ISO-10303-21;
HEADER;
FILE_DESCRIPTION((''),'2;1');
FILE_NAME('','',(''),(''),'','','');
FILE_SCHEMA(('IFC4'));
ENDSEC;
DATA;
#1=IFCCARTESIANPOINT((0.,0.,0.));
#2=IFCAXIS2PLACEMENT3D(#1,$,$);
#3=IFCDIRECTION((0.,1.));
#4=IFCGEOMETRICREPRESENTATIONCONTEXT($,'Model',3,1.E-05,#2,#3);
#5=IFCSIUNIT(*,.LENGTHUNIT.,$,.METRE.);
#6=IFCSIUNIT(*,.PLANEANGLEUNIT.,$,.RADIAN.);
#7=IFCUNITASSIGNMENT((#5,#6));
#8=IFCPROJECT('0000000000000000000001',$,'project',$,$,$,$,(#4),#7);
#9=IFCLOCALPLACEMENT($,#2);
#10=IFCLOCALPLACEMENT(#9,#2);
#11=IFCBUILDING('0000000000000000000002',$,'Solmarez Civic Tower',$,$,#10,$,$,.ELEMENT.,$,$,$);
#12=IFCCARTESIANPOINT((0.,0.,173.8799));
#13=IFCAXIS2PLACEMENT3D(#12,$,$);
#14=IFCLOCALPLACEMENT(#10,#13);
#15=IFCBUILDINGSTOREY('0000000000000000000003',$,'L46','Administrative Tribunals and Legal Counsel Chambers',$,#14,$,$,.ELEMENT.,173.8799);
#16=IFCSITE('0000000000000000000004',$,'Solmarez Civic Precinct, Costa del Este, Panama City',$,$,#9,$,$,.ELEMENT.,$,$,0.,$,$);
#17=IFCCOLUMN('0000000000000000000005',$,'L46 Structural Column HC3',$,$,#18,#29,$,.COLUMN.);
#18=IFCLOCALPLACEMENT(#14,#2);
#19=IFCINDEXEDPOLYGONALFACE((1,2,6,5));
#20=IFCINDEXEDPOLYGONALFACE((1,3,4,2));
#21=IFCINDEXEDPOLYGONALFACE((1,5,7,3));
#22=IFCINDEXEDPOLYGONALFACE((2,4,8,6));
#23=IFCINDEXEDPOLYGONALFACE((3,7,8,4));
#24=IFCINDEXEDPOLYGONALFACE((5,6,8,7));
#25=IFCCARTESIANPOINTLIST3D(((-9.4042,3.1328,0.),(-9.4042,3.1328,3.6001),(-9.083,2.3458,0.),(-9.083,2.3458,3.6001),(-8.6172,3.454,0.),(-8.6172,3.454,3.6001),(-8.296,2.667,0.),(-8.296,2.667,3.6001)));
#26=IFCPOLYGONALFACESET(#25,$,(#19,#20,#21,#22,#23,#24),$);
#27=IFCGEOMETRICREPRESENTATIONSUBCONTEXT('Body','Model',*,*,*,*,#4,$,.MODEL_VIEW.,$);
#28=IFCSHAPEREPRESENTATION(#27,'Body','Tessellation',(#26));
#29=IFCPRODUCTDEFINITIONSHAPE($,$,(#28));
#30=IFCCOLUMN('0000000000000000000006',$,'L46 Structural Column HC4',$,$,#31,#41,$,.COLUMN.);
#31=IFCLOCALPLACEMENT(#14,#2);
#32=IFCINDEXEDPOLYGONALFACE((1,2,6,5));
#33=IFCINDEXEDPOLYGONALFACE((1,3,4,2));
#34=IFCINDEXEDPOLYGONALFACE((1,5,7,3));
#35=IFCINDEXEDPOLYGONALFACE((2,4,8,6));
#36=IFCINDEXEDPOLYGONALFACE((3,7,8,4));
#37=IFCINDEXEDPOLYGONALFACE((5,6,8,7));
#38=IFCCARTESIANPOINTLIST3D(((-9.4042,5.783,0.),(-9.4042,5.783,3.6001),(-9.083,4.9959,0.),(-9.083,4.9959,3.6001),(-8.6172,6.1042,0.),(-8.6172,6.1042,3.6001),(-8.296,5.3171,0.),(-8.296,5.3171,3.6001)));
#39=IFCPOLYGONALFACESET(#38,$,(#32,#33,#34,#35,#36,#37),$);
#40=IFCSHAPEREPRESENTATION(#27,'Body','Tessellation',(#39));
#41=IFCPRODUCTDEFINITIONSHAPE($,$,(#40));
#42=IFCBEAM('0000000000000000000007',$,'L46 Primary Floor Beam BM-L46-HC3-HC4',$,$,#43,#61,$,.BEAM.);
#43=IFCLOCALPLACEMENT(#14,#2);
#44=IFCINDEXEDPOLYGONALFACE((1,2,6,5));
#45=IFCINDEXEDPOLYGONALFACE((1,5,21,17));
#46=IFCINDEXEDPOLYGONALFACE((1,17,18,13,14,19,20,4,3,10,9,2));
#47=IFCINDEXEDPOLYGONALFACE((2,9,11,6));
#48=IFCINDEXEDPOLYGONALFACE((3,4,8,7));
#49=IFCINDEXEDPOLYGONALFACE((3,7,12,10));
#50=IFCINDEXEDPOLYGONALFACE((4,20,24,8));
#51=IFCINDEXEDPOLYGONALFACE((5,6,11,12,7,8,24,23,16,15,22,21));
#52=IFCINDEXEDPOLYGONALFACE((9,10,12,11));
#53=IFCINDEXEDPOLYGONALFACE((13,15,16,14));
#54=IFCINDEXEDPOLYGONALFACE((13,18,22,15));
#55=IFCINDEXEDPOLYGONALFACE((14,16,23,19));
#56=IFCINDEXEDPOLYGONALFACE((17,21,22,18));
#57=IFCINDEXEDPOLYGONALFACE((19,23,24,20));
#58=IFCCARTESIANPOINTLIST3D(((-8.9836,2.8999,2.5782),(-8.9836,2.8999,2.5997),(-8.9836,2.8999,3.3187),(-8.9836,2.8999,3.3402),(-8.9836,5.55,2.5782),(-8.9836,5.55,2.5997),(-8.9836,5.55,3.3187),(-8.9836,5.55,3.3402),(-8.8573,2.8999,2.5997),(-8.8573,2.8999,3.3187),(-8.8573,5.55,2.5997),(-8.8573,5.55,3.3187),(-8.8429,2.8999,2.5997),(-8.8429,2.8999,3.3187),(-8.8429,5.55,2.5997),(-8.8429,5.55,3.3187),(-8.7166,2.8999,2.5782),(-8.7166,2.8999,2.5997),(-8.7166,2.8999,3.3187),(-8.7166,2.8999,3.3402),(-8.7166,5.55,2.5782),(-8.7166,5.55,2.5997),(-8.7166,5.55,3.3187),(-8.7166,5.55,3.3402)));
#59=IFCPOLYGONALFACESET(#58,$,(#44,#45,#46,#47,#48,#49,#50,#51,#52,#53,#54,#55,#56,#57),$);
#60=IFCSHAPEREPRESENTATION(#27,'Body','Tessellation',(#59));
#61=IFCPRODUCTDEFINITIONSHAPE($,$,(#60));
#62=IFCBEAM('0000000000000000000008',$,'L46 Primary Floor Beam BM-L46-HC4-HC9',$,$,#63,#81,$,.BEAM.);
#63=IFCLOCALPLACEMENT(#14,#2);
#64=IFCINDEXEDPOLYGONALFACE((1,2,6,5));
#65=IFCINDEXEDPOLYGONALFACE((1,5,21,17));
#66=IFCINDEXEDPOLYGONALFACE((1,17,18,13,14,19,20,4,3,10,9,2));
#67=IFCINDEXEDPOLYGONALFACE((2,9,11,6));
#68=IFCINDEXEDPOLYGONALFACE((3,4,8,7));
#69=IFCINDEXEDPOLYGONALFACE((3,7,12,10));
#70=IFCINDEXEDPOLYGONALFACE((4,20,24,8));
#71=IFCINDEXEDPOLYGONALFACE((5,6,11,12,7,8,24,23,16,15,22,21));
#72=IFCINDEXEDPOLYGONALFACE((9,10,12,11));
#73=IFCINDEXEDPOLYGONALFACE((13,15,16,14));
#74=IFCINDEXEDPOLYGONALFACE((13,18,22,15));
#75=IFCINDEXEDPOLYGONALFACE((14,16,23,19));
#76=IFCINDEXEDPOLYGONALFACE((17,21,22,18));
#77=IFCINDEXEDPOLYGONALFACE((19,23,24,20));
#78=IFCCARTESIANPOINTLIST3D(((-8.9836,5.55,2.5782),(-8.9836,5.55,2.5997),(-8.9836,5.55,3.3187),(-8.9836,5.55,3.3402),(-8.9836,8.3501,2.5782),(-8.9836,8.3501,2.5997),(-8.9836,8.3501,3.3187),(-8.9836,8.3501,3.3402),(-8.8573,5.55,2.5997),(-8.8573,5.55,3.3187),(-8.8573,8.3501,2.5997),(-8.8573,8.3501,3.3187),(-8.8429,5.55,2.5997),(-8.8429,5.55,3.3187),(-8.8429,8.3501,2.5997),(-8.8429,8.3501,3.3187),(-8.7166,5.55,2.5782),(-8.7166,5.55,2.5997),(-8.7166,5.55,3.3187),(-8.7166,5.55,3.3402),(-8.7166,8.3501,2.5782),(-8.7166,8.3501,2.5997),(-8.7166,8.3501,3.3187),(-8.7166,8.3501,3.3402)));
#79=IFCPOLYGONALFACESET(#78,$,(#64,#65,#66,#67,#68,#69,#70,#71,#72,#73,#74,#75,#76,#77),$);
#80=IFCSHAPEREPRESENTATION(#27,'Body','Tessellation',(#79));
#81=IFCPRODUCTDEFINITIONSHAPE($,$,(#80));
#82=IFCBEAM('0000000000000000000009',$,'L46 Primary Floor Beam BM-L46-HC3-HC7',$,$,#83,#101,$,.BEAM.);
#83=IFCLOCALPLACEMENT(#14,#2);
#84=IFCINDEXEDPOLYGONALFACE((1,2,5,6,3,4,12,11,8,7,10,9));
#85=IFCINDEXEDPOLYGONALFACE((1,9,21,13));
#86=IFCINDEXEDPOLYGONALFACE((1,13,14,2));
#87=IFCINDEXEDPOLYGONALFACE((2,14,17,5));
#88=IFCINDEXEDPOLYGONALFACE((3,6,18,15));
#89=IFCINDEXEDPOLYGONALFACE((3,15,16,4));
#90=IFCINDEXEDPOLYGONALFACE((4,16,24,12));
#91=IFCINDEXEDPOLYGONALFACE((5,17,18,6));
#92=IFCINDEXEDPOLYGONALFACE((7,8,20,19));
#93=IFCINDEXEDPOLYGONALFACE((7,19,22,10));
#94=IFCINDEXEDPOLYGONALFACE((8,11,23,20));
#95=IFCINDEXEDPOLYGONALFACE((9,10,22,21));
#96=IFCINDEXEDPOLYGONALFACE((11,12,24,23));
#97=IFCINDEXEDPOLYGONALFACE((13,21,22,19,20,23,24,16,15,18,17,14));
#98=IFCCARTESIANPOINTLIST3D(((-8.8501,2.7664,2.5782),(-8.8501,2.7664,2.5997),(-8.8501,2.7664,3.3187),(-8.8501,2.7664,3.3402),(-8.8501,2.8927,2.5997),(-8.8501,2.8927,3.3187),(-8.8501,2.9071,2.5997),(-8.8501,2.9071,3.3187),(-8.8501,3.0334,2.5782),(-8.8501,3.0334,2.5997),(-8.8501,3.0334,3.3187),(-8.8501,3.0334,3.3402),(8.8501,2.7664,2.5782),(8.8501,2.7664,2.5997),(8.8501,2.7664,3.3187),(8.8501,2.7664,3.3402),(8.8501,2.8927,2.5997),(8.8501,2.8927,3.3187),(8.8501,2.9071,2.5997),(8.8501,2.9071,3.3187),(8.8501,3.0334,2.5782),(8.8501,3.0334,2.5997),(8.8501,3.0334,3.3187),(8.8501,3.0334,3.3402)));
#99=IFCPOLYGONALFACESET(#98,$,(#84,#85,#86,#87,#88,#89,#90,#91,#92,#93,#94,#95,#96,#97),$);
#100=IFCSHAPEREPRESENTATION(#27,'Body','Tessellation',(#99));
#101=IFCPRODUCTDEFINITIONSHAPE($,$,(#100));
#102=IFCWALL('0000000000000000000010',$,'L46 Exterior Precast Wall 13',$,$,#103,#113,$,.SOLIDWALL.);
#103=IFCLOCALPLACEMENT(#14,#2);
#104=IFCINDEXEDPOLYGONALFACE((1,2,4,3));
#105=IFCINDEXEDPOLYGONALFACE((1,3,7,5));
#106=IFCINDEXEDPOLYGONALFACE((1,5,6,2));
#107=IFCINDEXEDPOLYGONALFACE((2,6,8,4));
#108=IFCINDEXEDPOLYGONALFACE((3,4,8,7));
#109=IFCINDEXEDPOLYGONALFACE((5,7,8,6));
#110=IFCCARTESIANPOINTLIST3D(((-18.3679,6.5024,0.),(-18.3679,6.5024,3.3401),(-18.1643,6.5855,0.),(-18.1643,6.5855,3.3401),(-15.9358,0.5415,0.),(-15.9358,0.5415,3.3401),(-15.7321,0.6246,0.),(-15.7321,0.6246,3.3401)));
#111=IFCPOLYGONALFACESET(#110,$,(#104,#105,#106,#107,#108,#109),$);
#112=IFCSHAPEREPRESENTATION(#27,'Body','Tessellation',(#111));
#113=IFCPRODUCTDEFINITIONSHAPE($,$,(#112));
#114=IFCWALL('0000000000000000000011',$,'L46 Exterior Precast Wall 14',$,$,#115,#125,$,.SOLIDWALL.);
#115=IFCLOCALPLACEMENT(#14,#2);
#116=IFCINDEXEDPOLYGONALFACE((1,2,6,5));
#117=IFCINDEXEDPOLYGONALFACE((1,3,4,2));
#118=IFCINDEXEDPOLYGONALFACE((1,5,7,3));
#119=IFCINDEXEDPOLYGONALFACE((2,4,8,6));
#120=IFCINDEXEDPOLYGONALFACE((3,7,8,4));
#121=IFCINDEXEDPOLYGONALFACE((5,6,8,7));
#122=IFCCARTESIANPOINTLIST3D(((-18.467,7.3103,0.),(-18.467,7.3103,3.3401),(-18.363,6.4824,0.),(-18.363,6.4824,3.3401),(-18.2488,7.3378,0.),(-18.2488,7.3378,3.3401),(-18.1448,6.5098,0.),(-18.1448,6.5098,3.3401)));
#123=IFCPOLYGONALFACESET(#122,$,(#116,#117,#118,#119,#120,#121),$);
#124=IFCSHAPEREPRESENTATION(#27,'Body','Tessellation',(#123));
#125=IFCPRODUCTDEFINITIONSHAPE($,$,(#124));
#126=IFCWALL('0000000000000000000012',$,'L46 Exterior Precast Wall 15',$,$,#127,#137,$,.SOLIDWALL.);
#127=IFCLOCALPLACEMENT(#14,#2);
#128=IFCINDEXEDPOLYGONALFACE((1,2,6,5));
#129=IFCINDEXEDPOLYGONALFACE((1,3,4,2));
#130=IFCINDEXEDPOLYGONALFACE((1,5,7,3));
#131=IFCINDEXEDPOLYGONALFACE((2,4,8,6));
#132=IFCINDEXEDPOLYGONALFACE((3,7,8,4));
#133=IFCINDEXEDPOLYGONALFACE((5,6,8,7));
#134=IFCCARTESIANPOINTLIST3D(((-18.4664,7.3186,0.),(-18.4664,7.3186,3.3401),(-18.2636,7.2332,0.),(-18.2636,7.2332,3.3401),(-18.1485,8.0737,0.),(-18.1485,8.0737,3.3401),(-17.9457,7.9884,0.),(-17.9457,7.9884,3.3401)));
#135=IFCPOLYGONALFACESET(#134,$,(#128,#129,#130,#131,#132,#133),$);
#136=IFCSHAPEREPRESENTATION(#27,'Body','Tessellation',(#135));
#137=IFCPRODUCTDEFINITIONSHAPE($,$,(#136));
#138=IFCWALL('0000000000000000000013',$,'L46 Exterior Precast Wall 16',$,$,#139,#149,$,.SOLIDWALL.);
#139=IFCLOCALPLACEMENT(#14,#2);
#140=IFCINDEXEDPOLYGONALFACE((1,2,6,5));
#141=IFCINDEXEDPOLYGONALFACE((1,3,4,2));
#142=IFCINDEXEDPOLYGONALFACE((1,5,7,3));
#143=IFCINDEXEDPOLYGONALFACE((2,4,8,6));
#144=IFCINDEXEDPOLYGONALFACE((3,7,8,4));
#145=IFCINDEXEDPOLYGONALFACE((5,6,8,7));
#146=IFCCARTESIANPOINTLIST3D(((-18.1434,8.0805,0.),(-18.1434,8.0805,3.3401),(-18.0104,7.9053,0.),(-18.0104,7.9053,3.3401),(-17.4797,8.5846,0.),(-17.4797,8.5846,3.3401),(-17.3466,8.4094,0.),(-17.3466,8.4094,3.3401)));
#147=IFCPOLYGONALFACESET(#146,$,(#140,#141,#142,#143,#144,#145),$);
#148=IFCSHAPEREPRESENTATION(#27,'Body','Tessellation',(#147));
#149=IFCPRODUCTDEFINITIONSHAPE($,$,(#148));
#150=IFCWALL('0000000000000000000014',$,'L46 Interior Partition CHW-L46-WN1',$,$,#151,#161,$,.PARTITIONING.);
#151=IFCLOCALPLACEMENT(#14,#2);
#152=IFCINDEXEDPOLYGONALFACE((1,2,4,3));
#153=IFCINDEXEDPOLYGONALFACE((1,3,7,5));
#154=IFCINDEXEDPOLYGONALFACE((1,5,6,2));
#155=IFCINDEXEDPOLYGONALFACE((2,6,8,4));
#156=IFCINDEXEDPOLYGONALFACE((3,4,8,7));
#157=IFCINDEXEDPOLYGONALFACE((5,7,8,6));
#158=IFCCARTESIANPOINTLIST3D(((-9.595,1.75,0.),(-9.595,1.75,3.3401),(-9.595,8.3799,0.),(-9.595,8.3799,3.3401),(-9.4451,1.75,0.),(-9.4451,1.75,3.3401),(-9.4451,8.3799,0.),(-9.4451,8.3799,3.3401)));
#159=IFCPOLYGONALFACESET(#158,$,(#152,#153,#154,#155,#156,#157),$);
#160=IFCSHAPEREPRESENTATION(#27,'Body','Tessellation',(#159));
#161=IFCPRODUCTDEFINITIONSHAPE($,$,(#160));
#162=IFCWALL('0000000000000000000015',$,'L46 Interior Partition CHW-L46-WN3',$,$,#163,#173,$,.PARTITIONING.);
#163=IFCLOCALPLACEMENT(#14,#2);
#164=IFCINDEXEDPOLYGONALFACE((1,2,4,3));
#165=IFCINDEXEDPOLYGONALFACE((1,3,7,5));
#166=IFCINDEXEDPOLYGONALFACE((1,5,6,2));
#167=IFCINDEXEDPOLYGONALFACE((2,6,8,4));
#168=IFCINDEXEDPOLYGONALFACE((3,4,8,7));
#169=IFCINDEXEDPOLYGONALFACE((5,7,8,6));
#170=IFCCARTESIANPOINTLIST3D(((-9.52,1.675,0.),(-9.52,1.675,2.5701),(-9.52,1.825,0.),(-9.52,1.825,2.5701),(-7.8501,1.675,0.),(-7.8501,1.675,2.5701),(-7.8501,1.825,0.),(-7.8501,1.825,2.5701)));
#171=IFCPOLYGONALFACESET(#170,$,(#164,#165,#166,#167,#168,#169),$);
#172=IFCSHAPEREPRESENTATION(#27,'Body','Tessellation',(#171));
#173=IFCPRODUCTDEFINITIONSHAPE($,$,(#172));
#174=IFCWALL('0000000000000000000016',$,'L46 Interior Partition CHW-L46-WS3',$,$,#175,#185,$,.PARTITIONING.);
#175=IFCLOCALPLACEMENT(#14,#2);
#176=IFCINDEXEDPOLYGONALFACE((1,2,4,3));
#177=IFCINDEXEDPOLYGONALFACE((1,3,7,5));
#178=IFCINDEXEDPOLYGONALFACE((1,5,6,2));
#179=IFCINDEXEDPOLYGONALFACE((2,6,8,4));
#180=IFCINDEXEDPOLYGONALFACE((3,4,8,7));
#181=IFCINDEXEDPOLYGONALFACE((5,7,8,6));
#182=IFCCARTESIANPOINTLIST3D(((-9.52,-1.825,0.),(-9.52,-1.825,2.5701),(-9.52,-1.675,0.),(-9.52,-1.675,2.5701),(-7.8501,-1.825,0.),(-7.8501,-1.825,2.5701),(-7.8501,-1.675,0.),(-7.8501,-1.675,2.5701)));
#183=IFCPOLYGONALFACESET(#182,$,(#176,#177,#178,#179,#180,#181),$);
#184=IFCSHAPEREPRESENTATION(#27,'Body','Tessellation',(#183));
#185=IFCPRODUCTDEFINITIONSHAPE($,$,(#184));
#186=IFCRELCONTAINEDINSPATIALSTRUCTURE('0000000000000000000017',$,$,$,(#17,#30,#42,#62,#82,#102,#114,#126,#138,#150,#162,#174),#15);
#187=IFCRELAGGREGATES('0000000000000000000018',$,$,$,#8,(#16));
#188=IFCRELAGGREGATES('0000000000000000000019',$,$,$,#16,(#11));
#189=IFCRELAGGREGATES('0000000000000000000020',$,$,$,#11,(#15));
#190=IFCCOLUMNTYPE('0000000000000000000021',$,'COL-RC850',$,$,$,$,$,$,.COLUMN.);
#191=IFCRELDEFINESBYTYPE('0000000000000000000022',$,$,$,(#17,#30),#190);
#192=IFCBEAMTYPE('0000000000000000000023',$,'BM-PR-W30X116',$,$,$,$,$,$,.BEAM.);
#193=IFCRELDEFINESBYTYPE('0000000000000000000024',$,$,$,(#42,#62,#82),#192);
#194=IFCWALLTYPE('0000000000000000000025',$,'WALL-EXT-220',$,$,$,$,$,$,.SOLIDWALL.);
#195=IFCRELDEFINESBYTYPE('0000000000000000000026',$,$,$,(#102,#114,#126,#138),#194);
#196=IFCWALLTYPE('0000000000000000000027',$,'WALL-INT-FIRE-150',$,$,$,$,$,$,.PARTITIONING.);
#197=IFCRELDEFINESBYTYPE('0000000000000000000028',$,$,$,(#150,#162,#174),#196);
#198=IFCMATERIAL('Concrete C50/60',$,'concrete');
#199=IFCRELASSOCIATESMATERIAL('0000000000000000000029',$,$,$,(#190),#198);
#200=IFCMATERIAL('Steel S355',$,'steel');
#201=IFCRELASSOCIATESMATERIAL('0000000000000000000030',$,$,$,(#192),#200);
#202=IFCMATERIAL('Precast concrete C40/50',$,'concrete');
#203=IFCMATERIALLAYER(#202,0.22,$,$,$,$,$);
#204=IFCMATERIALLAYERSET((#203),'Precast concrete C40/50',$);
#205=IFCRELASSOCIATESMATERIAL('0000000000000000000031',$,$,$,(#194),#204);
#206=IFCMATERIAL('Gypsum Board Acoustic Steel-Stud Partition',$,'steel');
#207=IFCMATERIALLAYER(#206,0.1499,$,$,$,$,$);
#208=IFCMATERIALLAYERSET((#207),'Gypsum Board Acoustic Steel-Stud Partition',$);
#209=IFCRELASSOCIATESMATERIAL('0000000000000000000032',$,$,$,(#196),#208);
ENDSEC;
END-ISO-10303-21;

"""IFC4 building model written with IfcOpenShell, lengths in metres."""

from ifc_helpers import new_model, si_unit, direction, frame, frame_2d, origin, origin_2d, place, context, subcontext, project, spatial, rectangle, i_section, extrude, material, layer, layer_set, material_profile, profile_set, type_object, element, save


model = new_model("IFC4")

# Units and contexts
model_context = context("Model", 3, precision=1e-05, world=origin(), true_north=direction((0.0, 1.0)))
body_context = subcontext(model_context, "Body", "Model", "MODEL_VIEW")
ifc_project = project(units=[si_unit("LENGTHUNIT", "METRE"), si_unit("PLANEANGLEUNIT", "RADIAN")], contexts=[model_context])

# Site, building, storey
site_placement = place(None, origin())
site = spatial("IfcSite", under=ifc_project, at=site_placement, Name="Solmarez Civic Precinct, Costa del Este, Panama City", CompositionType="ELEMENT", RefElevation=0.0)
building_placement = place(site_placement, origin())
building = spatial("IfcBuilding", under=site, at=building_placement, Name="Solmarez Civic Tower", CompositionType="ELEMENT")
storey_placement = place(building_placement, frame((0.0, 0.0, 173.8799)))
storey = spatial("IfcBuildingStorey", under=building, at=storey_placement, Name="L46", Description="Administrative Tribunals and Legal Counsel Chambers", CompositionType="ELEMENT", Elevation=173.8799)

# Columns
ifc_material_1 = material(Name="Concrete C50/60", Category="concrete")
ifc_material_profile_1 = material_profile(ifc_material_1, rectangle(XDim=0.8501, YDim=0.8501, at=origin_2d()), Name="RC850X850")
ifc_profile_set_1 = profile_set([ifc_material_profile_1], Name="Concrete C50/60")
column_type = type_object("IfcColumnType", Name="COL-RC850", PredefinedType="COLUMN", material=ifc_profile_set_1)
for number, where, z_axis, x_axis, name in (
    (1, (-8.8501, 2.8999, 0.0), (0.0, 0.0, 1.0), (0.925871, 0.377841, 0.0), "L46 Structural Column HC3"),
    (2, (-8.8501, 5.55, 0.0), (0.0, 0.0, 1.0), (0.925871, 0.377841, 0.0), "L46 Structural Column HC4"),
):
    element("IfcColumn", number, at=place(storey_placement, frame(where, z_axis=z_axis, x_axis=x_axis)), inside=storey, type_object=column_type, Name=name, PredefinedType="COLUMN", context=body_context, shape_type="SweptSolid", body=[
        extrude(rectangle(XDim=0.8501, YDim=0.8501, at=origin_2d()), origin(), (0.0, 0.0, 1.0), 3.6001),
    ])

# Beams
ifc_material_2 = material(Name="Steel S355", Category="steel")
ifc_material_profile_2 = material_profile(ifc_material_2, i_section(OverallWidth=0.2671, OverallDepth=0.762, WebThickness=0.0144, FlangeThickness=0.0215, at=origin_2d()), Name="W30X116")
ifc_profile_set_2 = profile_set([ifc_material_profile_2], Name="Steel S355")
beam_type = type_object("IfcBeamType", Name="BM-PR-W30X116", PredefinedType="BEAM", material=ifc_profile_set_2)
beam_1_placement = place(storey_placement, frame((-8.8501, 2.8999, 2.9592), z_axis=(0.0, 1.0, 0.0), x_axis=(-1.0, 0.0, 0.0)))
element("IfcBeam", 3, at=beam_1_placement, inside=storey, type_object=beam_type, Name="L46 Primary Floor Beam BM-L46-HC3-HC4", PredefinedType="BEAM", context=body_context, shape_type="SweptSolid", body=[
    extrude(i_section(OverallWidth=0.2671, OverallDepth=0.762, WebThickness=0.0144, FlangeThickness=0.0215, at=origin_2d()), origin(), (0.0, 0.0, 1.0), 2.6501),
])
beam_2_placement = place(storey_placement, frame((-8.8501, 5.55, 2.9592), z_axis=(0.0, 1.0, 0.0), x_axis=(-1.0, 0.0, 0.0)))
element("IfcBeam", 4, at=beam_2_placement, inside=storey, type_object=beam_type, Name="L46 Primary Floor Beam BM-L46-HC4-HC9", PredefinedType="BEAM", context=body_context, shape_type="SweptSolid", body=[
    extrude(i_section(OverallWidth=0.2671, OverallDepth=0.762, WebThickness=0.0144, FlangeThickness=0.0215, at=origin_2d()), origin(), (0.0, 0.0, 1.0), 2.8),
])
beam_3_placement = place(storey_placement, frame((-8.8501, 2.8999, 2.9592), z_axis=(1.0, 0.0, 0.0), x_axis=(0.0, 1.0, 0.0)))
element("IfcBeam", 5, at=beam_3_placement, inside=storey, type_object=beam_type, Name="L46 Primary Floor Beam BM-L46-HC3-HC7", PredefinedType="BEAM", context=body_context, shape_type="SweptSolid", body=[
    extrude(i_section(OverallWidth=0.2671, OverallDepth=0.762, WebThickness=0.0144, FlangeThickness=0.0215, at=origin_2d()), origin(), (0.0, 0.0, 1.0), 17.7002),
])

# Walls
ifc_material_3 = material(Name="Precast concrete C40/50", Category="concrete")
ifc_layer_1 = layer(ifc_material_3, 0.22)
ifc_layer_set_1 = layer_set([ifc_layer_1], Name="Precast concrete C40/50")
wall_type_1 = type_object("IfcWallType", Name="WALL-EXT-220", PredefinedType="SOLIDWALL", material=ifc_layer_set_1)
wall_1_placement = place(storey_placement, frame((-15.834, 0.583, 0.0), z_axis=(0.0, 0.0, 1.0), x_axis=(-0.377776, 0.925897, 0.0)))
element("IfcWall", 6, at=wall_1_placement, inside=storey, type_object=wall_type_1, Name="L46 Exterior Precast Wall 13", PredefinedType="SOLIDWALL", context=body_context, shape_type="SweptSolid", body=[
    extrude(rectangle(XDim=6.438, YDim=0.22, at=frame_2d((3.219, 0.0))), origin(), (0.0, 0.0, 1.0), 3.3401),
])
wall_2_placement = place(storey_placement, frame((-18.2539, 6.4961, 0.0), z_axis=(0.0, 0.0, 1.0), x_axis=(-0.124647, 0.992201, 0.0)))
element("IfcWall", 7, at=wall_2_placement, inside=storey, type_object=wall_type_1, Name="L46 Exterior Precast Wall 14", PredefinedType="SOLIDWALL", context=body_context, shape_type="SweptSolid", body=[
    extrude(rectangle(XDim=0.8345, YDim=0.22, at=frame_2d((0.4172, 0.0))), origin(), (0.0, 0.0, 1.0), 3.3401),
])
wall_3_placement = place(storey_placement, frame((-18.365, 7.2759, 0.0), z_axis=(0.0, 0.0, 1.0), x_axis=(0.387977, 0.921669, 0.0)))
element("IfcWall", 8, at=wall_3_placement, inside=storey, type_object=wall_type_1, Name="L46 Exterior Precast Wall 15", PredefinedType="SOLIDWALL", context=body_context, shape_type="SweptSolid", body=[
    extrude(rectangle(XDim=0.8193, YDim=0.22, at=frame_2d((0.4097, 0.0))), origin(), (0.0, 0.0, 1.0), 3.3401),
])
wall_4_placement = place(storey_placement, frame((-18.0769, 7.9929, 0.0), z_axis=(0.0, 0.0, 1.0), x_axis=(0.796365, 0.604816, 0.0)))
element("IfcWall", 9, at=wall_4_placement, inside=storey, type_object=wall_type_1, Name="L46 Exterior Precast Wall 16", PredefinedType="SOLIDWALL", context=body_context, shape_type="SweptSolid", body=[
    extrude(rectangle(XDim=0.8335, YDim=0.22, at=frame_2d((0.4167, 0.0))), origin(), (0.0, 0.0, 1.0), 3.3401),
])
ifc_material_4 = material(Name="Gypsum Board Acoustic Steel-Stud Partition", Category="steel")
ifc_layer_2 = layer(ifc_material_4, 0.1499)
ifc_layer_set_2 = layer_set([ifc_layer_2], Name="Gypsum Board Acoustic Steel-Stud Partition")
wall_type_2 = type_object("IfcWallType", Name="WALL-INT-FIRE-150", PredefinedType="PARTITIONING", material=ifc_layer_set_2)
wall_5_placement = place(storey_placement, frame((-9.52, 1.75, 0.0), z_axis=(0.0, 0.0, 1.0), x_axis=(0.0, 1.0, 0.0)))
element("IfcWall", 10, at=wall_5_placement, inside=storey, type_object=wall_type_2, Name="L46 Interior Partition CHW-L46-WN1", PredefinedType="PARTITIONING", context=body_context, shape_type="SweptSolid", body=[
    extrude(rectangle(XDim=6.6299, YDim=0.1499, at=frame_2d((3.3149, 0.0))), origin(), (0.0, 0.0, 1.0), 3.3401),
])
for number, where, z_axis, x_axis, name in (
    (11, (-7.8501, 1.75, 0.0), (0.0, 0.0, 1.0), (-1.0, 0.0, 0.0), "L46 Interior Partition CHW-L46-WN3"),
    (12, (-7.8501, -1.75, 0.0), (0.0, 0.0, 1.0), (-1.0, 0.0, 0.0), "L46 Interior Partition CHW-L46-WS3"),
):
    element("IfcWall", number, at=place(storey_placement, frame(where, z_axis=z_axis, x_axis=x_axis)), inside=storey, type_object=wall_type_2, Name=name, PredefinedType="PARTITIONING", context=body_context, shape_type="SweptSolid", body=[
        extrude(rectangle(XDim=1.6699, YDim=0.1499, at=frame_2d((0.835, 0.0))), origin(), (0.0, 0.0, 1.0), 2.5701),
    ])

save(model, "model.ifc")
